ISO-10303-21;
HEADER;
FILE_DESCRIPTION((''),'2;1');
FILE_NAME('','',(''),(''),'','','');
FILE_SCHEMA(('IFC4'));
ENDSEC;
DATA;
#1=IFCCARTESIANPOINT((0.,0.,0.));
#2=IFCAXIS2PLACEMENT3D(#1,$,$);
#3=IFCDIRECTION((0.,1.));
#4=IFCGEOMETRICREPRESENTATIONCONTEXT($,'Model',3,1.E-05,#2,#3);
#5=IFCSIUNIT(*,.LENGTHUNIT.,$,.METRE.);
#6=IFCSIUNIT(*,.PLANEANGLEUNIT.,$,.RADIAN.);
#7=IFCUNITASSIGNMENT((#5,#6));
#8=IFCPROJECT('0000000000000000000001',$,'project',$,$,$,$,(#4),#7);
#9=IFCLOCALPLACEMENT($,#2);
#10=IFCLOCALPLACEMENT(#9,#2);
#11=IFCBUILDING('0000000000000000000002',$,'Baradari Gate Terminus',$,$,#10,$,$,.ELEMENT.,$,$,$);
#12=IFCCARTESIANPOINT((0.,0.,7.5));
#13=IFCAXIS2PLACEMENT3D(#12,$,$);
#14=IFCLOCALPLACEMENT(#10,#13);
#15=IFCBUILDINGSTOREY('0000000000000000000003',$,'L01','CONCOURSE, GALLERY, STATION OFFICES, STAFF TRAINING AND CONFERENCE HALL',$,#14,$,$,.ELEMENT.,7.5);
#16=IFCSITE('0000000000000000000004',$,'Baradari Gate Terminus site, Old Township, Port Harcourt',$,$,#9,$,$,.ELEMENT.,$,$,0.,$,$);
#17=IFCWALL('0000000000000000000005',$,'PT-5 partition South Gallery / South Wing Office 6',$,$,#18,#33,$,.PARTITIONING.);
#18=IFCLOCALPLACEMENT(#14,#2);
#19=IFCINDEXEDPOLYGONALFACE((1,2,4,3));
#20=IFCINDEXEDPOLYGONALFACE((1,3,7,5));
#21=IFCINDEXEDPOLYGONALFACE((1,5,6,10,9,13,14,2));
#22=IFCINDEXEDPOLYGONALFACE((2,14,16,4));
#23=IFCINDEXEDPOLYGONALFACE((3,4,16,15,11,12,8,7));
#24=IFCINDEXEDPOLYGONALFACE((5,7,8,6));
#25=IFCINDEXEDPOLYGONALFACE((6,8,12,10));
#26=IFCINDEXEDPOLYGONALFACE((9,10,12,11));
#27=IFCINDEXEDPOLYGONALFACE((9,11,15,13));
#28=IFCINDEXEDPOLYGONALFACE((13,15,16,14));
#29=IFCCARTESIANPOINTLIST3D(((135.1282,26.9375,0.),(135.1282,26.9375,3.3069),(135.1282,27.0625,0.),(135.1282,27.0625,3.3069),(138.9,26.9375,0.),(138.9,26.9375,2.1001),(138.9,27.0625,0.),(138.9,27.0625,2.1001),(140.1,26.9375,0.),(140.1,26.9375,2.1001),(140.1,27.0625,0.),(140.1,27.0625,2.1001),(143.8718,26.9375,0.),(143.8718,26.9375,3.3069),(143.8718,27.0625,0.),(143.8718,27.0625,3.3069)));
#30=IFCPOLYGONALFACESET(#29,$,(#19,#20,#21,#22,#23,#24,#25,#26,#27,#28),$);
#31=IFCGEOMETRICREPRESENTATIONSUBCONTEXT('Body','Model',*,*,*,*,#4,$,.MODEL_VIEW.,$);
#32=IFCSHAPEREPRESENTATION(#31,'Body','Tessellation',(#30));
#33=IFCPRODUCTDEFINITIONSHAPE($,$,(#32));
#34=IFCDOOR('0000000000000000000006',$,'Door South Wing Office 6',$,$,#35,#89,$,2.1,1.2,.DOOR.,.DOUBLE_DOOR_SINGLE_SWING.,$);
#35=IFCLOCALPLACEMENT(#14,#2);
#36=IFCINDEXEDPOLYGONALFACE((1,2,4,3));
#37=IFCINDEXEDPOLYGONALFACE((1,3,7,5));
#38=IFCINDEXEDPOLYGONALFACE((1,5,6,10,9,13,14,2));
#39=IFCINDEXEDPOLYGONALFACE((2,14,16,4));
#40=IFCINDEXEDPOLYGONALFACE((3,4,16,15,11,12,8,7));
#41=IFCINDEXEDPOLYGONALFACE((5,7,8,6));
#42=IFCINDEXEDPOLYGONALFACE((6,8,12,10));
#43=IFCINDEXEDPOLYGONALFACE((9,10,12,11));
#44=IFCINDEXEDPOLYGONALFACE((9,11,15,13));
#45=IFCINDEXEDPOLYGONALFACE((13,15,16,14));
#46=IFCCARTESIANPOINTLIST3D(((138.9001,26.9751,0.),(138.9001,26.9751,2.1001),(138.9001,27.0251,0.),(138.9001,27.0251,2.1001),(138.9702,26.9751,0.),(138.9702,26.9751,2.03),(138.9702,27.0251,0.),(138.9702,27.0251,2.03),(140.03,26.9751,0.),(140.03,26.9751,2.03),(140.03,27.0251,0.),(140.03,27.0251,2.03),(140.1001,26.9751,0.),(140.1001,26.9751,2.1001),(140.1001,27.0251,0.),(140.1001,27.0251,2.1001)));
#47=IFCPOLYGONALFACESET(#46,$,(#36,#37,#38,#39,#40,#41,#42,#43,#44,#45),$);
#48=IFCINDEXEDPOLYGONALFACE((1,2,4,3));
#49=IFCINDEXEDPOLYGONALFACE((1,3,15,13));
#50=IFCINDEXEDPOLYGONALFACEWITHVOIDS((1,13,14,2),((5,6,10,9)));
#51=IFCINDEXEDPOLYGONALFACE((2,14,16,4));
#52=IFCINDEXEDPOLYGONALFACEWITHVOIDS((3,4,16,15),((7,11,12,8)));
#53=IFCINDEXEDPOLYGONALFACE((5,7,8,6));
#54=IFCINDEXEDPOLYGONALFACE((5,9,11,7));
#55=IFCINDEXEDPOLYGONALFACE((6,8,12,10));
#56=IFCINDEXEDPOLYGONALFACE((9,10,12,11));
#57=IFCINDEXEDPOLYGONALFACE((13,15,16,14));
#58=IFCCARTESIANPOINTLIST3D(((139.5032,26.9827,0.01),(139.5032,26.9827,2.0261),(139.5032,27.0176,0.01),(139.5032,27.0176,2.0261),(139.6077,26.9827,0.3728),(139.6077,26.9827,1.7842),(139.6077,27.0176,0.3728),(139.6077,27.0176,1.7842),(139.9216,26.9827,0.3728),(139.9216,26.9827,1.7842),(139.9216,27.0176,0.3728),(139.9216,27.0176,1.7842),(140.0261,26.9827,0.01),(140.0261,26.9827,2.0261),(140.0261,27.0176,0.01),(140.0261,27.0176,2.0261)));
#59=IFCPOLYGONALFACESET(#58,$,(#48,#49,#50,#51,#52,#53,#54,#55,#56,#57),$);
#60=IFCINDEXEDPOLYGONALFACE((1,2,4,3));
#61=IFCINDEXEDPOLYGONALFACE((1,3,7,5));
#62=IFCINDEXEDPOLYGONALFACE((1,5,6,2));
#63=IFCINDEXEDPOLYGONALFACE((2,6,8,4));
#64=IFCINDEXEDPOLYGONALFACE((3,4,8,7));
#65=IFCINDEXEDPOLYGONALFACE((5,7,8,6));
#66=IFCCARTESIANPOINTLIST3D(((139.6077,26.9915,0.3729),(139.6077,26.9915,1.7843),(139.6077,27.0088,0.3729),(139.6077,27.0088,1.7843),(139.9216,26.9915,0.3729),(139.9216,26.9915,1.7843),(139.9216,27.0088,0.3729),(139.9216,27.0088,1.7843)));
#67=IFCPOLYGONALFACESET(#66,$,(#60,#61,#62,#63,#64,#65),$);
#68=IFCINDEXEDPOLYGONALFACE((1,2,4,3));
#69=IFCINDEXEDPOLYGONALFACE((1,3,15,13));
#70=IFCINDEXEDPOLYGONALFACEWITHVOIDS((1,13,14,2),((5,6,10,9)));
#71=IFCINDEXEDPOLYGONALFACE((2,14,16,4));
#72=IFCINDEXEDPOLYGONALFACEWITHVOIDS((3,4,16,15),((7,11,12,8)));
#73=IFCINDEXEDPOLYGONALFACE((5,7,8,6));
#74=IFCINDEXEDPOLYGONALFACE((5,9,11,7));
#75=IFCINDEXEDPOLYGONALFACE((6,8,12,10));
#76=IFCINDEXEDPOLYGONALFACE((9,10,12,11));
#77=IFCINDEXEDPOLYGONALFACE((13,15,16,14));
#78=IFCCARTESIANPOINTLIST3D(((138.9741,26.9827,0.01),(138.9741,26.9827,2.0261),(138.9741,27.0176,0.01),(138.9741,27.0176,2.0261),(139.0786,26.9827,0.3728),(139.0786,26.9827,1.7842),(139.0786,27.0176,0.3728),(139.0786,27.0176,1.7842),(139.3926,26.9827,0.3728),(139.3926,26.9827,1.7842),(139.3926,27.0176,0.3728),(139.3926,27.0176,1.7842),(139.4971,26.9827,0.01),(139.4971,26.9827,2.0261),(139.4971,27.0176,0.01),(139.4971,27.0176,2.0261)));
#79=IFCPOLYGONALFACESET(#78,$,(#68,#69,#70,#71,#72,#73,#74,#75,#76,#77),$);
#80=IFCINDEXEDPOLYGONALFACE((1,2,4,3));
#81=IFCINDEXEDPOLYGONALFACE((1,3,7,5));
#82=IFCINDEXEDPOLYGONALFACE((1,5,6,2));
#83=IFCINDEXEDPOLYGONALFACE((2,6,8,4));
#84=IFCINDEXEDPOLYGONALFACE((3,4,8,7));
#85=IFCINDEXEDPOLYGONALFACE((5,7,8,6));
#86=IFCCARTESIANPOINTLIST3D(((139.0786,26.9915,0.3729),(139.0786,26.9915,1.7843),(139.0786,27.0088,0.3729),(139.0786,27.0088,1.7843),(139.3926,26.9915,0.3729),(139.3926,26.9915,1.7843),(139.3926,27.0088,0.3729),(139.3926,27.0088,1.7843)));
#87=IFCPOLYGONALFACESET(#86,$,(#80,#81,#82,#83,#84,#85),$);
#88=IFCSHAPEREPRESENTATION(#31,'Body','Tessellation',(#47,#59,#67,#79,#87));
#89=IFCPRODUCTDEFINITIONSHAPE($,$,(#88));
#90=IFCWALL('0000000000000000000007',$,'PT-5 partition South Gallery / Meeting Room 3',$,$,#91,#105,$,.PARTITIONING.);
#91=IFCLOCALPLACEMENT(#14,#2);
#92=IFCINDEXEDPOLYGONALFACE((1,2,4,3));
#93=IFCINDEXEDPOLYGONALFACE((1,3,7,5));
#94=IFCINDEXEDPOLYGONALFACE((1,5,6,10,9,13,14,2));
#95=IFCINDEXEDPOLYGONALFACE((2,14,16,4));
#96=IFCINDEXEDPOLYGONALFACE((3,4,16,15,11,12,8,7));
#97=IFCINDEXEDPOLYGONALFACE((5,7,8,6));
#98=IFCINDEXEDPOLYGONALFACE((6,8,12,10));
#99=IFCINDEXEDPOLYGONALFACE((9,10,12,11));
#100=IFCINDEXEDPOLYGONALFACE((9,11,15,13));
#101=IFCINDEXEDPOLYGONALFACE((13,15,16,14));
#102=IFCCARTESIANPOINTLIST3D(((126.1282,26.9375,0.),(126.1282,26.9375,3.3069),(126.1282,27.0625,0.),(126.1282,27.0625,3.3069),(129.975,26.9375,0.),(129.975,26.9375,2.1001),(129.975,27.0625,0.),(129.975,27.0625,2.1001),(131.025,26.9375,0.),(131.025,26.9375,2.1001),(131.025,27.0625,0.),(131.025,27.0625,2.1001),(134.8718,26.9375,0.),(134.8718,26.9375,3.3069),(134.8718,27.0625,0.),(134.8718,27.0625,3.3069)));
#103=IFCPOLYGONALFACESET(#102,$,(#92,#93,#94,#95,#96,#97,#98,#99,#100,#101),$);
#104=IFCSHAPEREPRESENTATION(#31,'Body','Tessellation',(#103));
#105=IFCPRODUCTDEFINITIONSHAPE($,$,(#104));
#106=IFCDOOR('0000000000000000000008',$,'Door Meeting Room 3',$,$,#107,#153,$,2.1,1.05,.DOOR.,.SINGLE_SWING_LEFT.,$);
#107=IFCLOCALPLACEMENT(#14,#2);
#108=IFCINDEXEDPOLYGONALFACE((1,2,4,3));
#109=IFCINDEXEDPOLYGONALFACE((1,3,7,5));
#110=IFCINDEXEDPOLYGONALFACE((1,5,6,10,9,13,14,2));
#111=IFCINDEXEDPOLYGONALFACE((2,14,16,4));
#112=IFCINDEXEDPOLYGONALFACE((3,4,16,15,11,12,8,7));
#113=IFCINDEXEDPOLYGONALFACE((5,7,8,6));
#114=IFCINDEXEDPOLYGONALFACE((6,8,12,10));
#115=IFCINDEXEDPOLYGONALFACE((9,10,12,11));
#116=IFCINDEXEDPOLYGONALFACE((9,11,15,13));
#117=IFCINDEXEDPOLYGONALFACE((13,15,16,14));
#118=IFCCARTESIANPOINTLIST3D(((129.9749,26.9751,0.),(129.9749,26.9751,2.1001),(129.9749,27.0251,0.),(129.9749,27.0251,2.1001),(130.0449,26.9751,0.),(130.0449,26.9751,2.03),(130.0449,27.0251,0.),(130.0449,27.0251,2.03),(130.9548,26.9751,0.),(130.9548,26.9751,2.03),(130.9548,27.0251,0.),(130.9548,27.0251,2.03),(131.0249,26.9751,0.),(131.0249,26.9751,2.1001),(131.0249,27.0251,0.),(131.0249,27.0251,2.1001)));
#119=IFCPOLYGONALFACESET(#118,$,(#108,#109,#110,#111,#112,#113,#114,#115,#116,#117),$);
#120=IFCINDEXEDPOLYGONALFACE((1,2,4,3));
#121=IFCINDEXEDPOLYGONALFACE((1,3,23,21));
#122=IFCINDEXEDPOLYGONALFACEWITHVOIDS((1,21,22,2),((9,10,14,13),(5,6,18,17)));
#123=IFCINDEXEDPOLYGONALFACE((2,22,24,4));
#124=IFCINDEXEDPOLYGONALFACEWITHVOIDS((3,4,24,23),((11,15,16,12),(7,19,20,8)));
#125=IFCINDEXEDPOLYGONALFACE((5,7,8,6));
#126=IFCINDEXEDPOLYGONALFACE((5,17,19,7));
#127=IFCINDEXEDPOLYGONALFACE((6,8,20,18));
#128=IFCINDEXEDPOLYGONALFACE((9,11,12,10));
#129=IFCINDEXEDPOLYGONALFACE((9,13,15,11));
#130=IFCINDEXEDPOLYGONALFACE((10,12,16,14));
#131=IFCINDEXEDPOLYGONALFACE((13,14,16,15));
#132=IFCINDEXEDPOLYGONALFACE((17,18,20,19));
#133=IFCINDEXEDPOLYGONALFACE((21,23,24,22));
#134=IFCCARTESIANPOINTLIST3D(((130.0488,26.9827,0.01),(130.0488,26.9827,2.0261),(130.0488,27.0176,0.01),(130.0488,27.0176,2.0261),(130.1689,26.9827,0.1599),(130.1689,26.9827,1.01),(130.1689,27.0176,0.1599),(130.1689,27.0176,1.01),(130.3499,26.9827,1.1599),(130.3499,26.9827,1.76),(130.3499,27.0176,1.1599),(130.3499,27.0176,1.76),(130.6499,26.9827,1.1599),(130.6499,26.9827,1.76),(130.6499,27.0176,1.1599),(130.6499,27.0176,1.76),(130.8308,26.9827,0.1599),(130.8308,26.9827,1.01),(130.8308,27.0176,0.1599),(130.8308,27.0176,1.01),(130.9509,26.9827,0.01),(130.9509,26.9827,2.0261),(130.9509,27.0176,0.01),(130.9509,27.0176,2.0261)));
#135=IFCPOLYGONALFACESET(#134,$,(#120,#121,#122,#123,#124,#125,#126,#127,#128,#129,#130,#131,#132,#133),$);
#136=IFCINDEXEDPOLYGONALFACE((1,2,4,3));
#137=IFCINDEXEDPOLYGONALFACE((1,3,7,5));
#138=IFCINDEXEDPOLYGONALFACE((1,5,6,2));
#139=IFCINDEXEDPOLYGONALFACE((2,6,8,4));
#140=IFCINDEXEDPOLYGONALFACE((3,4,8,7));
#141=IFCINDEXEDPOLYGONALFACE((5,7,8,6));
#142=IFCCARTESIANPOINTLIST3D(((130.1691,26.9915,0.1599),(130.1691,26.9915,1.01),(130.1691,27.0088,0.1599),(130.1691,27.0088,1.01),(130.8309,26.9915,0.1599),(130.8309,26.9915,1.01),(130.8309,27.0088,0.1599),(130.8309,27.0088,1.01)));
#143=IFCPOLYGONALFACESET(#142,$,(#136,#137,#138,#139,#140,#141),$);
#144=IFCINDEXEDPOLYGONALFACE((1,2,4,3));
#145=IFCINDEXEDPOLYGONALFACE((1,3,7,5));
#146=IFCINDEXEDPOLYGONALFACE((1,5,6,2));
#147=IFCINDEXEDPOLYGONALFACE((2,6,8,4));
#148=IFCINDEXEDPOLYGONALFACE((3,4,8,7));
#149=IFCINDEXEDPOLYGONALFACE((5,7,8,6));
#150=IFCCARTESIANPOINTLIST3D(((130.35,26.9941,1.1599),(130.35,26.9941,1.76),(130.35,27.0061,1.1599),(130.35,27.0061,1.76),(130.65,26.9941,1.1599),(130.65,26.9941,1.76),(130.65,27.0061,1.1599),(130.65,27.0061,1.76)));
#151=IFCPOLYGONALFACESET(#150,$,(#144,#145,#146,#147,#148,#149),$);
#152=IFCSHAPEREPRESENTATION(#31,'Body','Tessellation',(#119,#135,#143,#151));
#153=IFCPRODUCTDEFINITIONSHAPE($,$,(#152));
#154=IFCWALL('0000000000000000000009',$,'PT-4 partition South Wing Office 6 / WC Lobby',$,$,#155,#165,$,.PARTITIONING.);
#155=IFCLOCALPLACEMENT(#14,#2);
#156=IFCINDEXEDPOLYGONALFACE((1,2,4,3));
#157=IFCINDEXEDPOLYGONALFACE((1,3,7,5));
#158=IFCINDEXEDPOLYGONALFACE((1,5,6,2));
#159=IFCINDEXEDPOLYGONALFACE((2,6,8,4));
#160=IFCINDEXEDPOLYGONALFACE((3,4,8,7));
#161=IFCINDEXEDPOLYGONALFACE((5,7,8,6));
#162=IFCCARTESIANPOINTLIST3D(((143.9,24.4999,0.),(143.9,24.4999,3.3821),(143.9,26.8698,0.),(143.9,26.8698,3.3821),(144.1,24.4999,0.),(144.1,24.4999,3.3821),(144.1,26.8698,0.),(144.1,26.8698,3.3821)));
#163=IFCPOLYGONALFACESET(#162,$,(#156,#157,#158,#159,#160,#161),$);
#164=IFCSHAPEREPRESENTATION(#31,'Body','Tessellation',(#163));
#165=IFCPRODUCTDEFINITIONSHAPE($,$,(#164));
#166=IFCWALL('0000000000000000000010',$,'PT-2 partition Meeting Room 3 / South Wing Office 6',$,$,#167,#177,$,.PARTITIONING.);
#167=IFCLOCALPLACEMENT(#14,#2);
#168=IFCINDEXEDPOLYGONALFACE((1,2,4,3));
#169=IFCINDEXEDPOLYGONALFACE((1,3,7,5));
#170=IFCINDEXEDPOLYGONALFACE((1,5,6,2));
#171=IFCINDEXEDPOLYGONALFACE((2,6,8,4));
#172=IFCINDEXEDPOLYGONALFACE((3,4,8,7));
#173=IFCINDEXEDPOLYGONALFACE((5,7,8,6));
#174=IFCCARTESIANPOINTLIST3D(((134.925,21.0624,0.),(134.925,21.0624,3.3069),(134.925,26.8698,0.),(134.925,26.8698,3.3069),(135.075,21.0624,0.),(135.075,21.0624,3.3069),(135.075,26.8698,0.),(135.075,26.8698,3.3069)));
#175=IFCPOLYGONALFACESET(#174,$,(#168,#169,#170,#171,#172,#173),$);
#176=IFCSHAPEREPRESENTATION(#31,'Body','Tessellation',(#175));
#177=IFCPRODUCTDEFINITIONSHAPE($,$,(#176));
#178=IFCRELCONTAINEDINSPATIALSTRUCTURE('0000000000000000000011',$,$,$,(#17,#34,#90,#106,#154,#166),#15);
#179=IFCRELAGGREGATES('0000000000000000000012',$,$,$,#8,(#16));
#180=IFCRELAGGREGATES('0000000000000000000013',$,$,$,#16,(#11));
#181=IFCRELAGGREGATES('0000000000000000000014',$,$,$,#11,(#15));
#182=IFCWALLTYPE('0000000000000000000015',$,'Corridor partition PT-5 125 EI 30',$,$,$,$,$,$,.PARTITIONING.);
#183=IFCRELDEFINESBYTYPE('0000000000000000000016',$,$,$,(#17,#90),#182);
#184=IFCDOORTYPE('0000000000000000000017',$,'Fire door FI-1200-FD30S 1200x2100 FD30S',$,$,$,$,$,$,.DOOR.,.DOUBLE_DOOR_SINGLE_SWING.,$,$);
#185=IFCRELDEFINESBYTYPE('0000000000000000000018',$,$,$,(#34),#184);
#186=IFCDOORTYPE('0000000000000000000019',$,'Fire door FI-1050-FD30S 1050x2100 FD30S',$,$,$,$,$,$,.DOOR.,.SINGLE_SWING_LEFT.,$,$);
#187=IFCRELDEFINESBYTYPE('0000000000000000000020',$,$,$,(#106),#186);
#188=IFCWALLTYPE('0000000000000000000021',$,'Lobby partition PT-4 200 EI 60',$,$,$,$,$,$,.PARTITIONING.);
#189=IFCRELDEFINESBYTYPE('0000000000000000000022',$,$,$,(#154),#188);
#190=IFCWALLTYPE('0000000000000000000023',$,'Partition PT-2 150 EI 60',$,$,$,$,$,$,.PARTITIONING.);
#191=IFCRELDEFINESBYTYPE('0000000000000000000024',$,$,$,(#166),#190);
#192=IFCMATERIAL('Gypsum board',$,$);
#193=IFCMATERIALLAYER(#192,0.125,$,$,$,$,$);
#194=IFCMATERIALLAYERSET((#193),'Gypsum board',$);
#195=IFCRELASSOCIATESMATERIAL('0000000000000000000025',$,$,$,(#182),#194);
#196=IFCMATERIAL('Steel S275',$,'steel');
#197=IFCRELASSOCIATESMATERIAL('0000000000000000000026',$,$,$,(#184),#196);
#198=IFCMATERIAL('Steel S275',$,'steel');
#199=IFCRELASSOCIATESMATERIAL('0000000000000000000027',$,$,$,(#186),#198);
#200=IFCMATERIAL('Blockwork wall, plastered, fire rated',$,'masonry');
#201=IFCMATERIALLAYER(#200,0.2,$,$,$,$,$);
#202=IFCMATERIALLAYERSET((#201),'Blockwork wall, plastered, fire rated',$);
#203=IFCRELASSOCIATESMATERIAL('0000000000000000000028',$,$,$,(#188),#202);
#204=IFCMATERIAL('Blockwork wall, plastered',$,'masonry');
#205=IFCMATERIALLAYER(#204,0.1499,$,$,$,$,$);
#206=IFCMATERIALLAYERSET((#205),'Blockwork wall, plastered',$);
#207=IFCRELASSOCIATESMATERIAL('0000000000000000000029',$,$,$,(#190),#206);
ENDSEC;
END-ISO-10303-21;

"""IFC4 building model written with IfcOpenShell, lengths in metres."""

from ifc_helpers import new_model, si_unit, direction, frame, frame_2d, origin, place, context, subcontext, project, spatial, polyline, rectangle, outline, extrude, material, layer, layer_set, type_object, element, fill, save


model = new_model("IFC4")

# Units and contexts
model_context = context("Model", 3, precision=1e-05, world=origin(), true_north=direction((0.0, 1.0)))
body_context = subcontext(model_context, "Body", "Model", "MODEL_VIEW")
ifc_project = project(units=[si_unit("LENGTHUNIT", "METRE"), si_unit("PLANEANGLEUNIT", "RADIAN")], contexts=[model_context])

# Site, building, storey
site_placement = place(None, origin())
site = spatial("IfcSite", under=ifc_project, at=site_placement, Name="Baradari Gate Terminus site, Old Township, Port Harcourt", CompositionType="ELEMENT", RefElevation=0.0)
building_placement = place(site_placement, origin())
building = spatial("IfcBuilding", under=site, at=building_placement, Name="Baradari Gate Terminus", CompositionType="ELEMENT")
storey_placement = place(building_placement, frame((0.0, 0.0, 7.5)))
storey = spatial("IfcBuildingStorey", under=building, at=storey_placement, Name="L01", Description="CONCOURSE, GALLERY, STATION OFFICES, STAFF TRAINING AND CONFERENCE HALL", CompositionType="ELEMENT", Elevation=7.5)

# Walls, openings, doors
ifc_material_1 = material(Name="Gypsum board")
ifc_layer_1 = layer(ifc_material_1, 0.125)
ifc_layer_set_1 = layer_set([ifc_layer_1], Name="Gypsum board")
wall_type_1 = type_object("IfcWallType", Name="Corridor partition PT-5 125 EI 30", PredefinedType="PARTITIONING", material=ifc_layer_set_1)
wall_1_placement = place(storey_placement, frame((143.8718, 27.0, 0.0), z_axis=(0.0, 0.0, 1.0), x_axis=(-1.0, 0.0, 0.0)))
wall_1 = element("IfcWall", 1, at=wall_1_placement, inside=storey, type_object=wall_type_1, Name="PT-5 partition South Gallery / South Wing Office 6", PredefinedType="PARTITIONING", context=body_context, shape_type="SweptSolid", body=[
    extrude(rectangle(XDim=8.7437, YDim=0.125, at=frame_2d((4.3718, 0.0))), origin(), (0.0, 0.0, 1.0), 3.3069),
])
opening_1_placement = place(wall_1_placement, frame((3.7717, 0.0, 0.0)))
opening_1 = element("IfcOpeningElement", 2, at=opening_1_placement, cuts=wall_1, PredefinedType="OPENING", context=body_context, shape_type="SweptSolid", body=[
    extrude(rectangle(XDim=1.2, YDim=2.1001, at=frame_2d((0.6001, 1.05))), frame((0.0, 0.0725, 0.0), z_axis=(0.0, -1.0, 0.0), x_axis=(1.0, 0.0, 0.0)), (0.0, 0.0, 1.0), 0.145),
])
ifc_material_2 = material(Name="Steel S275", Category="steel")
door_type_1 = type_object("IfcDoorType", Name="Fire door FI-1200-FD30S 1200x2100 FD30S", OperationType="DOUBLE_DOOR_SINGLE_SWING", PredefinedType="DOOR", material=ifc_material_2)
door_1_placement = place(opening_1_placement, origin())
door_1 = element("IfcDoor", 3, at=door_1_placement, inside=storey, type_object=door_type_1, Name="Door South Wing Office 6", OperationType="DOUBLE_DOOR_SINGLE_SWING", OverallHeight=2.1, OverallWidth=1.2, PredefinedType="DOOR", context=body_context, shape_type="SweptSolid", body=[
    extrude(outline(polyline([(0.0, 0.0), (0.0701, 0.0), (0.0701, 2.03), (1.1299, 2.03), (1.1299, 0.0), (1.2, 0.0), (1.2, 2.1001), (0.0, 2.1001), (0.0, 0.0)])), frame((0.0, 0.0249, 0.0), z_axis=(0.0, -1.0, 0.0), x_axis=(1.0, 0.0, 0.0)), (0.0, 0.0, 1.0), 0.05),
    extrude(outline(polyline([(0.074, 0.01), (0.5969, 0.01), (0.5969, 2.0261), (0.074, 2.0261), (0.074, 0.01)]), holes=[polyline([(0.1785, 0.3728), (0.4924, 0.3728), (0.4924, 1.7842), (0.1785, 1.7842), (0.1785, 0.3728)])]), frame((0.0, 0.0173, 0.0), z_axis=(0.0, -1.0, 0.0), x_axis=(1.0, 0.0, 0.0)), (0.0, 0.0, 1.0), 0.0349),
    extrude(rectangle(XDim=0.314, YDim=1.4114, at=frame_2d((0.3354, 1.0786))), frame((0.0, 0.0085, 0.0), z_axis=(0.0, -1.0, 0.0), x_axis=(1.0, 0.0, 0.0)), (0.0, 0.0, 1.0), 0.0173),
    extrude(outline(polyline([(0.603, 0.01), (1.126, 0.01), (1.126, 2.0261), (0.603, 2.0261), (0.603, 0.01)]), holes=[polyline([(0.7075, 0.3728), (1.0215, 0.3728), (1.0215, 1.7842), (0.7075, 1.7842), (0.7075, 0.3728)])]), frame((0.0, 0.0173, 0.0), z_axis=(0.0, -1.0, 0.0), x_axis=(1.0, 0.0, 0.0)), (0.0, 0.0, 1.0), 0.0349),
    extrude(rectangle(XDim=0.314, YDim=1.4114, at=frame_2d((0.8645, 1.0786))), frame((0.0, 0.0085, 0.0), z_axis=(0.0, -1.0, 0.0), x_axis=(1.0, 0.0, 0.0)), (0.0, 0.0, 1.0), 0.0173),
])
fill(opening_1, door_1)
wall_2_placement = place(storey_placement, frame((134.8718, 27.0, 0.0), z_axis=(0.0, 0.0, 1.0), x_axis=(-1.0, 0.0, 0.0)))
wall_2 = element("IfcWall", 4, at=wall_2_placement, inside=storey, type_object=wall_type_1, Name="PT-5 partition South Gallery / Meeting Room 3", PredefinedType="PARTITIONING", context=body_context, shape_type="SweptSolid", body=[
    extrude(rectangle(XDim=8.7437, YDim=0.125, at=frame_2d((4.3718, 0.0))), origin(), (0.0, 0.0, 1.0), 3.3069),
])
opening_2_placement = place(wall_2_placement, frame((3.8469, 0.0, 0.0)))
opening_2 = element("IfcOpeningElement", 5, at=opening_2_placement, cuts=wall_2, PredefinedType="OPENING", context=body_context, shape_type="SweptSolid", body=[
    extrude(rectangle(XDim=1.05, YDim=2.1001, at=frame_2d((0.5249, 1.05))), frame((0.0, 0.0725, 0.0), z_axis=(0.0, -1.0, 0.0), x_axis=(1.0, 0.0, 0.0)), (0.0, 0.0, 1.0), 0.145),
])
ifc_material_3 = material(Name="Steel S275", Category="steel")
door_type_2 = type_object("IfcDoorType", Name="Fire door FI-1050-FD30S 1050x2100 FD30S", OperationType="SINGLE_SWING_LEFT", PredefinedType="DOOR", material=ifc_material_3)
door_2_placement = place(opening_2_placement, origin())
door_2 = element("IfcDoor", 6, at=door_2_placement, inside=storey, type_object=door_type_2, Name="Door Meeting Room 3", OperationType="SINGLE_SWING_LEFT", OverallHeight=2.1, OverallWidth=1.05, PredefinedType="DOOR", context=body_context, shape_type="SweptSolid", body=[
    extrude(outline(polyline([(0.0, 0.0), (0.0701, 0.0), (0.0701, 2.03), (0.98, 2.03), (0.98, 0.0), (1.05, 0.0), (1.05, 2.1001), (0.0, 2.1001), (0.0, 0.0)])), frame((0.0, 0.0249, 0.0), z_axis=(0.0, -1.0, 0.0), x_axis=(1.0, 0.0, 0.0)), (0.0, 0.0, 1.0), 0.05),
    extrude(outline(polyline([(0.074, 0.01), (0.9761, 0.01), (0.9761, 2.0261), (0.074, 2.0261), (0.074, 0.01)]), holes=[polyline([(0.1941, 0.1599), (0.856, 0.1599), (0.856, 1.01), (0.1941, 1.01), (0.1941, 0.1599)]), polyline([(0.375, 1.1599), (0.675, 1.1599), (0.675, 1.76), (0.375, 1.76), (0.375, 1.1599)])]), frame((0.0, 0.0173, 0.0), z_axis=(0.0, -1.0, 0.0), x_axis=(1.0, 0.0, 0.0)), (0.0, 0.0, 1.0), 0.0349),
    extrude(rectangle(XDim=0.6619, YDim=0.8501, at=frame_2d((0.5249, 0.585))), frame((0.0, 0.0085, 0.0), z_axis=(0.0, -1.0, 0.0), x_axis=(1.0, 0.0, 0.0)), (0.0, 0.0, 1.0), 0.0173),
    extrude(rectangle(XDim=0.3, YDim=0.6001, at=frame_2d((0.5249, 1.46))), frame((0.0, 0.0059, 0.0), z_axis=(0.0, -1.0, 0.0), x_axis=(1.0, 0.0, 0.0)), (0.0, 0.0, 1.0), 0.012),
])
fill(opening_2, door_2)

# Walls
ifc_material_4 = material(Name="Blockwork wall, plastered, fire rated", Category="masonry")
ifc_layer_2 = layer(ifc_material_4, 0.2)
ifc_layer_set_2 = layer_set([ifc_layer_2], Name="Blockwork wall, plastered, fire rated")
wall_type_2 = type_object("IfcWallType", Name="Lobby partition PT-4 200 EI 60", PredefinedType="PARTITIONING", material=ifc_layer_set_2)
wall_3_placement = place(storey_placement, frame((144.0, 26.8699, 0.0), z_axis=(0.0, 0.0, 1.0), x_axis=(0.0, -1.0, 0.0)))
element("IfcWall", 7, at=wall_3_placement, inside=storey, type_object=wall_type_2, Name="PT-4 partition South Wing Office 6 / WC Lobby", PredefinedType="PARTITIONING", context=body_context, shape_type="SweptSolid", body=[
    extrude(rectangle(XDim=2.3699, YDim=0.2, at=frame_2d((1.1851, 0.0))), origin(), (0.0, 0.0, 1.0), 3.3821),
])
ifc_material_5 = material(Name="Blockwork wall, plastered", Category="masonry")
ifc_layer_3 = layer(ifc_material_5, 0.1499)
ifc_layer_set_3 = layer_set([ifc_layer_3], Name="Blockwork wall, plastered")
wall_type_3 = type_object("IfcWallType", Name="Partition PT-2 150 EI 60", PredefinedType="PARTITIONING", material=ifc_layer_set_3)
wall_4_placement = place(storey_placement, frame((135.0, 26.8699, 0.0), z_axis=(0.0, 0.0, 1.0), x_axis=(0.0, -1.0, 0.0)))
element("IfcWall", 8, at=wall_4_placement, inside=storey, type_object=wall_type_3, Name="PT-2 partition Meeting Room 3 / South Wing Office 6", PredefinedType="PARTITIONING", context=body_context, shape_type="SweptSolid", body=[
    extrude(rectangle(XDim=5.8074, YDim=0.1499, at=frame_2d((2.9038, 0.0))), origin(), (0.0, 0.0, 1.0), 3.3069),
])

save(model, "model.ifc")
